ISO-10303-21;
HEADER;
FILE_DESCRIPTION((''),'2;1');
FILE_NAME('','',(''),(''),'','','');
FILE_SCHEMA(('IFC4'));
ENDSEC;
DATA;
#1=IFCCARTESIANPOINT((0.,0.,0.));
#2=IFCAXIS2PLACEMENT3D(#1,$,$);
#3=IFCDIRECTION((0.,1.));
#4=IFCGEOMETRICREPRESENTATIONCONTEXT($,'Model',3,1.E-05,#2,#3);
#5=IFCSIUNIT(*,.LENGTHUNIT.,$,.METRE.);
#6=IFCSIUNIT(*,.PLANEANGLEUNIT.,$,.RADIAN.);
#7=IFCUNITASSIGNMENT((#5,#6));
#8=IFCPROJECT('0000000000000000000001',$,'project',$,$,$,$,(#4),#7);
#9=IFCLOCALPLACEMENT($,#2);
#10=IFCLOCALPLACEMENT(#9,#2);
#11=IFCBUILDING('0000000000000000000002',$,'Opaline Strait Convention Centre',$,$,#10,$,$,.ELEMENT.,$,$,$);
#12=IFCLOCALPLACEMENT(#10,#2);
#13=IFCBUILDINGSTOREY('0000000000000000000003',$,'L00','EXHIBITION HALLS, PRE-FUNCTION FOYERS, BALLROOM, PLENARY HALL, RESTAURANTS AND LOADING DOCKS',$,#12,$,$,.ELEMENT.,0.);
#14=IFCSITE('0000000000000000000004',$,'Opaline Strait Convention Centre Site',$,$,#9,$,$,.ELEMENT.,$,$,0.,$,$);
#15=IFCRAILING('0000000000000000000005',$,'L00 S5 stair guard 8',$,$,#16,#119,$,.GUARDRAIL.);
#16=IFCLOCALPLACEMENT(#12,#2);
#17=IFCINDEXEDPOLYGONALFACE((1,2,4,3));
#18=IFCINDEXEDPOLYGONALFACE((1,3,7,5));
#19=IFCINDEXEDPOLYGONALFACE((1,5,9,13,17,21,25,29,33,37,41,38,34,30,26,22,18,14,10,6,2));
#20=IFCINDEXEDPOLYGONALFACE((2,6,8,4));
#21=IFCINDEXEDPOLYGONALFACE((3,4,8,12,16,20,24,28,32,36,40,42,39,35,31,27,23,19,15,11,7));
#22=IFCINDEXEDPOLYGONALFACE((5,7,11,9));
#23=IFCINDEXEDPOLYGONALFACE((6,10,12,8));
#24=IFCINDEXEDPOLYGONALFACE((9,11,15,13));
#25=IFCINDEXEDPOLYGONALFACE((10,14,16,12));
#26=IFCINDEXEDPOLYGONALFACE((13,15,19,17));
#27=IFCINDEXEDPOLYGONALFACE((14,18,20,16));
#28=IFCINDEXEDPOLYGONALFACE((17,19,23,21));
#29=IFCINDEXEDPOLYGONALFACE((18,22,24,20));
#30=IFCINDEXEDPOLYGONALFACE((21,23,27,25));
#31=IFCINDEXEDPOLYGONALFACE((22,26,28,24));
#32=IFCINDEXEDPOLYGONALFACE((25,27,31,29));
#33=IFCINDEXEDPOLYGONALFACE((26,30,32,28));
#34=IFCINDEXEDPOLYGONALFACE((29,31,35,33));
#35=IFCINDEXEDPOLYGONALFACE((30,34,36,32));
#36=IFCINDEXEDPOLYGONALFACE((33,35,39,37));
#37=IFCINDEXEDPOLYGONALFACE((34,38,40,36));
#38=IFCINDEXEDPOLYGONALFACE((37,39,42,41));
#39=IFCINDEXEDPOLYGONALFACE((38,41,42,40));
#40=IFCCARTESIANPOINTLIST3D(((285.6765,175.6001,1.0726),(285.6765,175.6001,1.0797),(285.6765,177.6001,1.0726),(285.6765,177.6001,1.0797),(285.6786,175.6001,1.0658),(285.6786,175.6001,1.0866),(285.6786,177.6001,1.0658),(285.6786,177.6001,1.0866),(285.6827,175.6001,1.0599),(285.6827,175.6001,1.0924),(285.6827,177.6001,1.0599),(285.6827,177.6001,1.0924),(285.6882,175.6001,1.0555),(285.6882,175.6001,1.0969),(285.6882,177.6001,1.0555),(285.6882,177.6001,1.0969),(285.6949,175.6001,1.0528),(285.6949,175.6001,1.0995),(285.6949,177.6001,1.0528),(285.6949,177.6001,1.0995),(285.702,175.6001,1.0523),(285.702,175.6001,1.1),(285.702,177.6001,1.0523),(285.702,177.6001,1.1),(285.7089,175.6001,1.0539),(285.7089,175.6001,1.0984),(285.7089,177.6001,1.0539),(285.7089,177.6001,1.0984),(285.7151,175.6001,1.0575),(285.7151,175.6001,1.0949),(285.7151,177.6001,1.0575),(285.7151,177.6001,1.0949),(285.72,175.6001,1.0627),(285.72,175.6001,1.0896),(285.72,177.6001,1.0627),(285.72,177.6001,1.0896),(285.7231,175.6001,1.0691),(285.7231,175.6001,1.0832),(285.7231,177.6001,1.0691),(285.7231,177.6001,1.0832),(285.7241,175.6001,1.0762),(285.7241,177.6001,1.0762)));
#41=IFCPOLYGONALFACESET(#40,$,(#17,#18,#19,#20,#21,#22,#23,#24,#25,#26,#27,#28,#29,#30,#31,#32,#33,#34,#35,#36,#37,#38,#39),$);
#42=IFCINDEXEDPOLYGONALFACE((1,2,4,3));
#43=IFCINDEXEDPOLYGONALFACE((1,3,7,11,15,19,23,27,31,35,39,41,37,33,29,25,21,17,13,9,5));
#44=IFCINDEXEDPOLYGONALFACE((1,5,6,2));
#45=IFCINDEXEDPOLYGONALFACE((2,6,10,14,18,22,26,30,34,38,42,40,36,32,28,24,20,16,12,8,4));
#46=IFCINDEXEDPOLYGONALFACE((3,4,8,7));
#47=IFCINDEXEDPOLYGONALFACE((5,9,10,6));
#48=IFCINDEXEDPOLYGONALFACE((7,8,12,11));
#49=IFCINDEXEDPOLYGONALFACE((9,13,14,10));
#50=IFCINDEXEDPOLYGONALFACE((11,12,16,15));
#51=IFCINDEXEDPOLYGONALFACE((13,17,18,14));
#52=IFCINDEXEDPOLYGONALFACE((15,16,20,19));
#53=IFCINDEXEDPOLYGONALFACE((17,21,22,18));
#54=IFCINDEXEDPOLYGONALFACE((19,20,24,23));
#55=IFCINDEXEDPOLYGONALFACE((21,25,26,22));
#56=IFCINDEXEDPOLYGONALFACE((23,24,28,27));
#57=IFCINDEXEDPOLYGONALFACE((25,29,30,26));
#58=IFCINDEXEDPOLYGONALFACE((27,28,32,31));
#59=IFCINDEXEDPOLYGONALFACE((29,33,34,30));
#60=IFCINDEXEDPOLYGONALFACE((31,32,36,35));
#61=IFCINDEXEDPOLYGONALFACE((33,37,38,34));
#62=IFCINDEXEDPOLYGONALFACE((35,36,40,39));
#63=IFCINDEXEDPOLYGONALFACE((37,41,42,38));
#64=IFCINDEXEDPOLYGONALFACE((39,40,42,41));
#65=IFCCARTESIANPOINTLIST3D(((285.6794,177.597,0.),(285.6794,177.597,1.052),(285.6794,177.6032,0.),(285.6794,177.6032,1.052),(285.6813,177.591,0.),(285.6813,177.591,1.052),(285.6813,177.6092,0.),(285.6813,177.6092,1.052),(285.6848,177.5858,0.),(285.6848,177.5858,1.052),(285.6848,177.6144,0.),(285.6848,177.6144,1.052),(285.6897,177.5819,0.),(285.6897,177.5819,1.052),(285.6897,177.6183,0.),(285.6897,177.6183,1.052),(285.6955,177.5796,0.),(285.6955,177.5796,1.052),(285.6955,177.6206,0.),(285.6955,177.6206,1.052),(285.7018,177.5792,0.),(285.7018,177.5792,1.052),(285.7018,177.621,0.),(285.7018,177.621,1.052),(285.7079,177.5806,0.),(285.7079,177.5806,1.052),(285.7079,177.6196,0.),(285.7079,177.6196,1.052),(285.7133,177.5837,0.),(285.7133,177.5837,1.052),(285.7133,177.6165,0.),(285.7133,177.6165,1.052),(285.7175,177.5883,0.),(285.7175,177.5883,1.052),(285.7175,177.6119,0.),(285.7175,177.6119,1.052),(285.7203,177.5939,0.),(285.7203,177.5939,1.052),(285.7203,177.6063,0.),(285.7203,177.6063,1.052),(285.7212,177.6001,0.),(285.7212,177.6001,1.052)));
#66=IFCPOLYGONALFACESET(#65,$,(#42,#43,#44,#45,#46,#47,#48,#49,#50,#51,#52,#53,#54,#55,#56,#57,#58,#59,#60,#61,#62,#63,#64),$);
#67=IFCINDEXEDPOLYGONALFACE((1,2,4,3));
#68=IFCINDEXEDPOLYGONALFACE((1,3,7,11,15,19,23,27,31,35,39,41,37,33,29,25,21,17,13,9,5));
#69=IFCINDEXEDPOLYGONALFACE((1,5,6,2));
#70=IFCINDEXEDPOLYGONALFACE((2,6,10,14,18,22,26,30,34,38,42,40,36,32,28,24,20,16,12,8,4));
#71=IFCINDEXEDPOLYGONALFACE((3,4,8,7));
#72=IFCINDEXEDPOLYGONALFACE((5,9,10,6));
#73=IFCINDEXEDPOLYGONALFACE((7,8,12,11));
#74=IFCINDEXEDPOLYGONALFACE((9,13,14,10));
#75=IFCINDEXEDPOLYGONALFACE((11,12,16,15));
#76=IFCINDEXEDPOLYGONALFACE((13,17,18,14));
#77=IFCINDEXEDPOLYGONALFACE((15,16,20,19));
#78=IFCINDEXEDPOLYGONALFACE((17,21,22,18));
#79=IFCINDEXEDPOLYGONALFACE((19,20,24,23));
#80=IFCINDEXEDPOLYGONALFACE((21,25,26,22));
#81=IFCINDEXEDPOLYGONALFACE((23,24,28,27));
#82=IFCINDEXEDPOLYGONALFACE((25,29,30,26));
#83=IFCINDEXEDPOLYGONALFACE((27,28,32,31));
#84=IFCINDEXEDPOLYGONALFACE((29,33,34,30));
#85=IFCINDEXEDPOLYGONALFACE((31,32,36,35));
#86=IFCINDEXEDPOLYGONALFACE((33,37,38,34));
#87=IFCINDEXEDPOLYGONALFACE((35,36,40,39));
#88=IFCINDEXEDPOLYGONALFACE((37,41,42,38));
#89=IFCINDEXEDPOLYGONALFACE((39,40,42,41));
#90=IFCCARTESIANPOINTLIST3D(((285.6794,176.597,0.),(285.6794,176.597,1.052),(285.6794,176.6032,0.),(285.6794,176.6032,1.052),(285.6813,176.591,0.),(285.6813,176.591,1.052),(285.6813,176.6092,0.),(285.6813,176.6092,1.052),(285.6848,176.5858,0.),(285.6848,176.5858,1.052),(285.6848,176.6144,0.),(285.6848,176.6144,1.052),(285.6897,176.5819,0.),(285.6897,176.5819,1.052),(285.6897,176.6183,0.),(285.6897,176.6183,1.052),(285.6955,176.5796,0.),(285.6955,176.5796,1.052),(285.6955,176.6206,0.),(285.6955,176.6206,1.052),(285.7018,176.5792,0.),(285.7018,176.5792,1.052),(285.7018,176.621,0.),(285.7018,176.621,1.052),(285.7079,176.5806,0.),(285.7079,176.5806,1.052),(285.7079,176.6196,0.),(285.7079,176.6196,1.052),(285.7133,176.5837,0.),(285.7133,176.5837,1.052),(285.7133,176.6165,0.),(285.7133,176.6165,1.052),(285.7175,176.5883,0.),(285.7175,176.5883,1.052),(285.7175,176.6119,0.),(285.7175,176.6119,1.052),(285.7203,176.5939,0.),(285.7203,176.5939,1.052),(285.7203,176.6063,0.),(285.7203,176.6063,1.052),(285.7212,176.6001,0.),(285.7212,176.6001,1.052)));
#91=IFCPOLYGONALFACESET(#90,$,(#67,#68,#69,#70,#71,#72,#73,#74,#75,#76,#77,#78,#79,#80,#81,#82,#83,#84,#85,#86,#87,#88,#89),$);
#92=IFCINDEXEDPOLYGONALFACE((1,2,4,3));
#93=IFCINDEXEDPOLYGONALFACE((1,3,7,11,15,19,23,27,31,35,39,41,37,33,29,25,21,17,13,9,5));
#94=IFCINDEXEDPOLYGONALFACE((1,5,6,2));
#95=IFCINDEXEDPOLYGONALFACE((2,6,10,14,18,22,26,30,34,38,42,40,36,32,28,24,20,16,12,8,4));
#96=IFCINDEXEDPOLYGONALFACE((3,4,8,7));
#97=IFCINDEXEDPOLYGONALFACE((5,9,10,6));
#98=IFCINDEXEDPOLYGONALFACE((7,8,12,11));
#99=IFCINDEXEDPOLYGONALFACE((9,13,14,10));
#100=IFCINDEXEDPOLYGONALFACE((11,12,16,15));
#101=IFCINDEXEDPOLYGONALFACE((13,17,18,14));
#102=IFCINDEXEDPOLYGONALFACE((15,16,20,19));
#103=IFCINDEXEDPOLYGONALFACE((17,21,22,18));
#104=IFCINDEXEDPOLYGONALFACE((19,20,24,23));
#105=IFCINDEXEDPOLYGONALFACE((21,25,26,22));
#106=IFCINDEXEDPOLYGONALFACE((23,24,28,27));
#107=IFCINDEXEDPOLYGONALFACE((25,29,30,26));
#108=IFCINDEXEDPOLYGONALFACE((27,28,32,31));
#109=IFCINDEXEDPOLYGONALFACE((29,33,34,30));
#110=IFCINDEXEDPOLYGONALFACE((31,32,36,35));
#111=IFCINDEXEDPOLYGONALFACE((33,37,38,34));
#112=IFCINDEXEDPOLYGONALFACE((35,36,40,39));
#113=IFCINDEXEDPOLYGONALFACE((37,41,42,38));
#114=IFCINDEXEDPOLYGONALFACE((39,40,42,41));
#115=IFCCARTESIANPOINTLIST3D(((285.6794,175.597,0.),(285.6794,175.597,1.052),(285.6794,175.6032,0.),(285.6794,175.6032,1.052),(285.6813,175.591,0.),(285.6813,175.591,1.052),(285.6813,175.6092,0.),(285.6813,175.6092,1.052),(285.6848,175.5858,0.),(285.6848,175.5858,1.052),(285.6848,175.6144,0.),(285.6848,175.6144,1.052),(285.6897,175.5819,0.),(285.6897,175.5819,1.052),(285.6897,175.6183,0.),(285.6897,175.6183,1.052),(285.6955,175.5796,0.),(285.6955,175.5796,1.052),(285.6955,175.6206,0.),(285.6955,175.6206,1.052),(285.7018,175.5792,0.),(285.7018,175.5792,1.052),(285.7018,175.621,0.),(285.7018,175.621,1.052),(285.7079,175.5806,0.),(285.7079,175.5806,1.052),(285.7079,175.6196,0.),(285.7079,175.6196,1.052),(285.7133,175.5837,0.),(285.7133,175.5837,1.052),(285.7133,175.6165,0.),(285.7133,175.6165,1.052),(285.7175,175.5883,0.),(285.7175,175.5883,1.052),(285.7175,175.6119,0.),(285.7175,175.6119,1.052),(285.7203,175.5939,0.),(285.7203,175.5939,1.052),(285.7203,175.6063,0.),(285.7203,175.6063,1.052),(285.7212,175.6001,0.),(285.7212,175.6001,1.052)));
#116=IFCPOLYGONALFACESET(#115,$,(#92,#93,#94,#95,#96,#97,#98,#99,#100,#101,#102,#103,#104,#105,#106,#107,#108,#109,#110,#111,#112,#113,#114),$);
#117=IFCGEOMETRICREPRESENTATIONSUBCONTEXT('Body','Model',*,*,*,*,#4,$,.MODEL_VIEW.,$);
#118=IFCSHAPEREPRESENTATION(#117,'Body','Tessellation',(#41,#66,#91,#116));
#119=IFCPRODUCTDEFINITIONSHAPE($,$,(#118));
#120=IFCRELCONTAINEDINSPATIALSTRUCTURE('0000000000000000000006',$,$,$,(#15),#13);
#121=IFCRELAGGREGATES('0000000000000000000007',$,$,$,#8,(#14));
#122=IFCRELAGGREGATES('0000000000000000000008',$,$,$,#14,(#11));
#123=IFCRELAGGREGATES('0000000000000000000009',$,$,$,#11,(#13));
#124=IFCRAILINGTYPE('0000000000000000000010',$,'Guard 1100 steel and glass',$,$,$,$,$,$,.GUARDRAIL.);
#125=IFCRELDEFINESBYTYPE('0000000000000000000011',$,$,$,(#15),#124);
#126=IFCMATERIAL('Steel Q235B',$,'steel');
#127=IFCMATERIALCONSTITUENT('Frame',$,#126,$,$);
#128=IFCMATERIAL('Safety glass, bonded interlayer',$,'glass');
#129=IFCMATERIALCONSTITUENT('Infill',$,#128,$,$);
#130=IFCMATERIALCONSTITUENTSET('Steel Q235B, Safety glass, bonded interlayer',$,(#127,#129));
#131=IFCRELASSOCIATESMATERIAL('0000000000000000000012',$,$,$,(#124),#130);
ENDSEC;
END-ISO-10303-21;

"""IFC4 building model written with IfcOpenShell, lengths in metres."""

from ifc_helpers import new_model, si_unit, direction, frame, origin, origin_2d, place, context, subcontext, project, spatial, circle, extrude, material, constituent, constituent_set, type_object, element, save


model = new_model("IFC4")

# Units and contexts
model_context = context("Model", 3, precision=1e-05, world=origin(), true_north=direction((0.0, 1.0)))
body_context = subcontext(model_context, "Body", "Model", "MODEL_VIEW")
ifc_project = project(units=[si_unit("LENGTHUNIT", "METRE"), si_unit("PLANEANGLEUNIT", "RADIAN")], contexts=[model_context])

# Site, building, storey
site_placement = place(None, origin())
site = spatial("IfcSite", under=ifc_project, at=site_placement, Name="Opaline Strait Convention Centre Site", CompositionType="ELEMENT", RefElevation=0.0)
building_placement = place(site_placement, origin())
building = spatial("IfcBuilding", under=site, at=building_placement, Name="Opaline Strait Convention Centre", CompositionType="ELEMENT")
storey_placement = place(building_placement, origin())
storey = spatial("IfcBuildingStorey", under=building, at=storey_placement, Name="L00", Description="EXHIBITION HALLS, PRE-FUNCTION FOYERS, BALLROOM, PLENARY HALL, RESTAURANTS AND LOADING DOCKS", CompositionType="ELEMENT", Elevation=0.0)

# Railing
ifc_material_1 = material(Name="Steel Q235B", Category="steel")
ifc_constituent_1 = constituent(ifc_material_1, Name="Frame")
ifc_material_2 = material(Name="Safety glass, bonded interlayer", Category="glass")
ifc_constituent_2 = constituent(ifc_material_2, Name="Infill")
ifc_constituent_set = constituent_set(constituents=[ifc_constituent_1, ifc_constituent_2], Name="Steel Q235B, Safety glass, bonded interlayer")
railing_type_1 = type_object("IfcRailingType", Name="Guard 1100 steel and glass", PredefinedType="GUARDRAIL", material=ifc_constituent_set)
railing_1_placement = place(storey_placement, frame((285.7002, 177.6001, 0.0)))
element("IfcRailing", 1, at=railing_1_placement, inside=storey, type_object=railing_type_1, Name="L00 S5 stair guard 8", PredefinedType="GUARDRAIL", context=body_context, shape_type="SweptSolid", body=[
    extrude(circle(Radius=0.0239, at=origin_2d()), frame((0.0, 0.0, 1.0762), z_axis=(0.0, -1.0, 0.0), x_axis=(1.0, 0.0, 0.0)), (0.0, 0.0, 1.0), 2.0),
    extrude(circle(Radius=0.021, at=origin_2d()), origin(), (0.0, 0.0, 1.0), 1.052),
    extrude(circle(Radius=0.021, at=origin_2d()), frame((0.0, -1.0, 0.0)), (0.0, 0.0, 1.0), 1.052),
    extrude(circle(Radius=0.021, at=origin_2d()), frame((0.0, -2.0, 0.0)), (0.0, 0.0, 1.0), 1.052),
])

save(model, "model.ifc")
